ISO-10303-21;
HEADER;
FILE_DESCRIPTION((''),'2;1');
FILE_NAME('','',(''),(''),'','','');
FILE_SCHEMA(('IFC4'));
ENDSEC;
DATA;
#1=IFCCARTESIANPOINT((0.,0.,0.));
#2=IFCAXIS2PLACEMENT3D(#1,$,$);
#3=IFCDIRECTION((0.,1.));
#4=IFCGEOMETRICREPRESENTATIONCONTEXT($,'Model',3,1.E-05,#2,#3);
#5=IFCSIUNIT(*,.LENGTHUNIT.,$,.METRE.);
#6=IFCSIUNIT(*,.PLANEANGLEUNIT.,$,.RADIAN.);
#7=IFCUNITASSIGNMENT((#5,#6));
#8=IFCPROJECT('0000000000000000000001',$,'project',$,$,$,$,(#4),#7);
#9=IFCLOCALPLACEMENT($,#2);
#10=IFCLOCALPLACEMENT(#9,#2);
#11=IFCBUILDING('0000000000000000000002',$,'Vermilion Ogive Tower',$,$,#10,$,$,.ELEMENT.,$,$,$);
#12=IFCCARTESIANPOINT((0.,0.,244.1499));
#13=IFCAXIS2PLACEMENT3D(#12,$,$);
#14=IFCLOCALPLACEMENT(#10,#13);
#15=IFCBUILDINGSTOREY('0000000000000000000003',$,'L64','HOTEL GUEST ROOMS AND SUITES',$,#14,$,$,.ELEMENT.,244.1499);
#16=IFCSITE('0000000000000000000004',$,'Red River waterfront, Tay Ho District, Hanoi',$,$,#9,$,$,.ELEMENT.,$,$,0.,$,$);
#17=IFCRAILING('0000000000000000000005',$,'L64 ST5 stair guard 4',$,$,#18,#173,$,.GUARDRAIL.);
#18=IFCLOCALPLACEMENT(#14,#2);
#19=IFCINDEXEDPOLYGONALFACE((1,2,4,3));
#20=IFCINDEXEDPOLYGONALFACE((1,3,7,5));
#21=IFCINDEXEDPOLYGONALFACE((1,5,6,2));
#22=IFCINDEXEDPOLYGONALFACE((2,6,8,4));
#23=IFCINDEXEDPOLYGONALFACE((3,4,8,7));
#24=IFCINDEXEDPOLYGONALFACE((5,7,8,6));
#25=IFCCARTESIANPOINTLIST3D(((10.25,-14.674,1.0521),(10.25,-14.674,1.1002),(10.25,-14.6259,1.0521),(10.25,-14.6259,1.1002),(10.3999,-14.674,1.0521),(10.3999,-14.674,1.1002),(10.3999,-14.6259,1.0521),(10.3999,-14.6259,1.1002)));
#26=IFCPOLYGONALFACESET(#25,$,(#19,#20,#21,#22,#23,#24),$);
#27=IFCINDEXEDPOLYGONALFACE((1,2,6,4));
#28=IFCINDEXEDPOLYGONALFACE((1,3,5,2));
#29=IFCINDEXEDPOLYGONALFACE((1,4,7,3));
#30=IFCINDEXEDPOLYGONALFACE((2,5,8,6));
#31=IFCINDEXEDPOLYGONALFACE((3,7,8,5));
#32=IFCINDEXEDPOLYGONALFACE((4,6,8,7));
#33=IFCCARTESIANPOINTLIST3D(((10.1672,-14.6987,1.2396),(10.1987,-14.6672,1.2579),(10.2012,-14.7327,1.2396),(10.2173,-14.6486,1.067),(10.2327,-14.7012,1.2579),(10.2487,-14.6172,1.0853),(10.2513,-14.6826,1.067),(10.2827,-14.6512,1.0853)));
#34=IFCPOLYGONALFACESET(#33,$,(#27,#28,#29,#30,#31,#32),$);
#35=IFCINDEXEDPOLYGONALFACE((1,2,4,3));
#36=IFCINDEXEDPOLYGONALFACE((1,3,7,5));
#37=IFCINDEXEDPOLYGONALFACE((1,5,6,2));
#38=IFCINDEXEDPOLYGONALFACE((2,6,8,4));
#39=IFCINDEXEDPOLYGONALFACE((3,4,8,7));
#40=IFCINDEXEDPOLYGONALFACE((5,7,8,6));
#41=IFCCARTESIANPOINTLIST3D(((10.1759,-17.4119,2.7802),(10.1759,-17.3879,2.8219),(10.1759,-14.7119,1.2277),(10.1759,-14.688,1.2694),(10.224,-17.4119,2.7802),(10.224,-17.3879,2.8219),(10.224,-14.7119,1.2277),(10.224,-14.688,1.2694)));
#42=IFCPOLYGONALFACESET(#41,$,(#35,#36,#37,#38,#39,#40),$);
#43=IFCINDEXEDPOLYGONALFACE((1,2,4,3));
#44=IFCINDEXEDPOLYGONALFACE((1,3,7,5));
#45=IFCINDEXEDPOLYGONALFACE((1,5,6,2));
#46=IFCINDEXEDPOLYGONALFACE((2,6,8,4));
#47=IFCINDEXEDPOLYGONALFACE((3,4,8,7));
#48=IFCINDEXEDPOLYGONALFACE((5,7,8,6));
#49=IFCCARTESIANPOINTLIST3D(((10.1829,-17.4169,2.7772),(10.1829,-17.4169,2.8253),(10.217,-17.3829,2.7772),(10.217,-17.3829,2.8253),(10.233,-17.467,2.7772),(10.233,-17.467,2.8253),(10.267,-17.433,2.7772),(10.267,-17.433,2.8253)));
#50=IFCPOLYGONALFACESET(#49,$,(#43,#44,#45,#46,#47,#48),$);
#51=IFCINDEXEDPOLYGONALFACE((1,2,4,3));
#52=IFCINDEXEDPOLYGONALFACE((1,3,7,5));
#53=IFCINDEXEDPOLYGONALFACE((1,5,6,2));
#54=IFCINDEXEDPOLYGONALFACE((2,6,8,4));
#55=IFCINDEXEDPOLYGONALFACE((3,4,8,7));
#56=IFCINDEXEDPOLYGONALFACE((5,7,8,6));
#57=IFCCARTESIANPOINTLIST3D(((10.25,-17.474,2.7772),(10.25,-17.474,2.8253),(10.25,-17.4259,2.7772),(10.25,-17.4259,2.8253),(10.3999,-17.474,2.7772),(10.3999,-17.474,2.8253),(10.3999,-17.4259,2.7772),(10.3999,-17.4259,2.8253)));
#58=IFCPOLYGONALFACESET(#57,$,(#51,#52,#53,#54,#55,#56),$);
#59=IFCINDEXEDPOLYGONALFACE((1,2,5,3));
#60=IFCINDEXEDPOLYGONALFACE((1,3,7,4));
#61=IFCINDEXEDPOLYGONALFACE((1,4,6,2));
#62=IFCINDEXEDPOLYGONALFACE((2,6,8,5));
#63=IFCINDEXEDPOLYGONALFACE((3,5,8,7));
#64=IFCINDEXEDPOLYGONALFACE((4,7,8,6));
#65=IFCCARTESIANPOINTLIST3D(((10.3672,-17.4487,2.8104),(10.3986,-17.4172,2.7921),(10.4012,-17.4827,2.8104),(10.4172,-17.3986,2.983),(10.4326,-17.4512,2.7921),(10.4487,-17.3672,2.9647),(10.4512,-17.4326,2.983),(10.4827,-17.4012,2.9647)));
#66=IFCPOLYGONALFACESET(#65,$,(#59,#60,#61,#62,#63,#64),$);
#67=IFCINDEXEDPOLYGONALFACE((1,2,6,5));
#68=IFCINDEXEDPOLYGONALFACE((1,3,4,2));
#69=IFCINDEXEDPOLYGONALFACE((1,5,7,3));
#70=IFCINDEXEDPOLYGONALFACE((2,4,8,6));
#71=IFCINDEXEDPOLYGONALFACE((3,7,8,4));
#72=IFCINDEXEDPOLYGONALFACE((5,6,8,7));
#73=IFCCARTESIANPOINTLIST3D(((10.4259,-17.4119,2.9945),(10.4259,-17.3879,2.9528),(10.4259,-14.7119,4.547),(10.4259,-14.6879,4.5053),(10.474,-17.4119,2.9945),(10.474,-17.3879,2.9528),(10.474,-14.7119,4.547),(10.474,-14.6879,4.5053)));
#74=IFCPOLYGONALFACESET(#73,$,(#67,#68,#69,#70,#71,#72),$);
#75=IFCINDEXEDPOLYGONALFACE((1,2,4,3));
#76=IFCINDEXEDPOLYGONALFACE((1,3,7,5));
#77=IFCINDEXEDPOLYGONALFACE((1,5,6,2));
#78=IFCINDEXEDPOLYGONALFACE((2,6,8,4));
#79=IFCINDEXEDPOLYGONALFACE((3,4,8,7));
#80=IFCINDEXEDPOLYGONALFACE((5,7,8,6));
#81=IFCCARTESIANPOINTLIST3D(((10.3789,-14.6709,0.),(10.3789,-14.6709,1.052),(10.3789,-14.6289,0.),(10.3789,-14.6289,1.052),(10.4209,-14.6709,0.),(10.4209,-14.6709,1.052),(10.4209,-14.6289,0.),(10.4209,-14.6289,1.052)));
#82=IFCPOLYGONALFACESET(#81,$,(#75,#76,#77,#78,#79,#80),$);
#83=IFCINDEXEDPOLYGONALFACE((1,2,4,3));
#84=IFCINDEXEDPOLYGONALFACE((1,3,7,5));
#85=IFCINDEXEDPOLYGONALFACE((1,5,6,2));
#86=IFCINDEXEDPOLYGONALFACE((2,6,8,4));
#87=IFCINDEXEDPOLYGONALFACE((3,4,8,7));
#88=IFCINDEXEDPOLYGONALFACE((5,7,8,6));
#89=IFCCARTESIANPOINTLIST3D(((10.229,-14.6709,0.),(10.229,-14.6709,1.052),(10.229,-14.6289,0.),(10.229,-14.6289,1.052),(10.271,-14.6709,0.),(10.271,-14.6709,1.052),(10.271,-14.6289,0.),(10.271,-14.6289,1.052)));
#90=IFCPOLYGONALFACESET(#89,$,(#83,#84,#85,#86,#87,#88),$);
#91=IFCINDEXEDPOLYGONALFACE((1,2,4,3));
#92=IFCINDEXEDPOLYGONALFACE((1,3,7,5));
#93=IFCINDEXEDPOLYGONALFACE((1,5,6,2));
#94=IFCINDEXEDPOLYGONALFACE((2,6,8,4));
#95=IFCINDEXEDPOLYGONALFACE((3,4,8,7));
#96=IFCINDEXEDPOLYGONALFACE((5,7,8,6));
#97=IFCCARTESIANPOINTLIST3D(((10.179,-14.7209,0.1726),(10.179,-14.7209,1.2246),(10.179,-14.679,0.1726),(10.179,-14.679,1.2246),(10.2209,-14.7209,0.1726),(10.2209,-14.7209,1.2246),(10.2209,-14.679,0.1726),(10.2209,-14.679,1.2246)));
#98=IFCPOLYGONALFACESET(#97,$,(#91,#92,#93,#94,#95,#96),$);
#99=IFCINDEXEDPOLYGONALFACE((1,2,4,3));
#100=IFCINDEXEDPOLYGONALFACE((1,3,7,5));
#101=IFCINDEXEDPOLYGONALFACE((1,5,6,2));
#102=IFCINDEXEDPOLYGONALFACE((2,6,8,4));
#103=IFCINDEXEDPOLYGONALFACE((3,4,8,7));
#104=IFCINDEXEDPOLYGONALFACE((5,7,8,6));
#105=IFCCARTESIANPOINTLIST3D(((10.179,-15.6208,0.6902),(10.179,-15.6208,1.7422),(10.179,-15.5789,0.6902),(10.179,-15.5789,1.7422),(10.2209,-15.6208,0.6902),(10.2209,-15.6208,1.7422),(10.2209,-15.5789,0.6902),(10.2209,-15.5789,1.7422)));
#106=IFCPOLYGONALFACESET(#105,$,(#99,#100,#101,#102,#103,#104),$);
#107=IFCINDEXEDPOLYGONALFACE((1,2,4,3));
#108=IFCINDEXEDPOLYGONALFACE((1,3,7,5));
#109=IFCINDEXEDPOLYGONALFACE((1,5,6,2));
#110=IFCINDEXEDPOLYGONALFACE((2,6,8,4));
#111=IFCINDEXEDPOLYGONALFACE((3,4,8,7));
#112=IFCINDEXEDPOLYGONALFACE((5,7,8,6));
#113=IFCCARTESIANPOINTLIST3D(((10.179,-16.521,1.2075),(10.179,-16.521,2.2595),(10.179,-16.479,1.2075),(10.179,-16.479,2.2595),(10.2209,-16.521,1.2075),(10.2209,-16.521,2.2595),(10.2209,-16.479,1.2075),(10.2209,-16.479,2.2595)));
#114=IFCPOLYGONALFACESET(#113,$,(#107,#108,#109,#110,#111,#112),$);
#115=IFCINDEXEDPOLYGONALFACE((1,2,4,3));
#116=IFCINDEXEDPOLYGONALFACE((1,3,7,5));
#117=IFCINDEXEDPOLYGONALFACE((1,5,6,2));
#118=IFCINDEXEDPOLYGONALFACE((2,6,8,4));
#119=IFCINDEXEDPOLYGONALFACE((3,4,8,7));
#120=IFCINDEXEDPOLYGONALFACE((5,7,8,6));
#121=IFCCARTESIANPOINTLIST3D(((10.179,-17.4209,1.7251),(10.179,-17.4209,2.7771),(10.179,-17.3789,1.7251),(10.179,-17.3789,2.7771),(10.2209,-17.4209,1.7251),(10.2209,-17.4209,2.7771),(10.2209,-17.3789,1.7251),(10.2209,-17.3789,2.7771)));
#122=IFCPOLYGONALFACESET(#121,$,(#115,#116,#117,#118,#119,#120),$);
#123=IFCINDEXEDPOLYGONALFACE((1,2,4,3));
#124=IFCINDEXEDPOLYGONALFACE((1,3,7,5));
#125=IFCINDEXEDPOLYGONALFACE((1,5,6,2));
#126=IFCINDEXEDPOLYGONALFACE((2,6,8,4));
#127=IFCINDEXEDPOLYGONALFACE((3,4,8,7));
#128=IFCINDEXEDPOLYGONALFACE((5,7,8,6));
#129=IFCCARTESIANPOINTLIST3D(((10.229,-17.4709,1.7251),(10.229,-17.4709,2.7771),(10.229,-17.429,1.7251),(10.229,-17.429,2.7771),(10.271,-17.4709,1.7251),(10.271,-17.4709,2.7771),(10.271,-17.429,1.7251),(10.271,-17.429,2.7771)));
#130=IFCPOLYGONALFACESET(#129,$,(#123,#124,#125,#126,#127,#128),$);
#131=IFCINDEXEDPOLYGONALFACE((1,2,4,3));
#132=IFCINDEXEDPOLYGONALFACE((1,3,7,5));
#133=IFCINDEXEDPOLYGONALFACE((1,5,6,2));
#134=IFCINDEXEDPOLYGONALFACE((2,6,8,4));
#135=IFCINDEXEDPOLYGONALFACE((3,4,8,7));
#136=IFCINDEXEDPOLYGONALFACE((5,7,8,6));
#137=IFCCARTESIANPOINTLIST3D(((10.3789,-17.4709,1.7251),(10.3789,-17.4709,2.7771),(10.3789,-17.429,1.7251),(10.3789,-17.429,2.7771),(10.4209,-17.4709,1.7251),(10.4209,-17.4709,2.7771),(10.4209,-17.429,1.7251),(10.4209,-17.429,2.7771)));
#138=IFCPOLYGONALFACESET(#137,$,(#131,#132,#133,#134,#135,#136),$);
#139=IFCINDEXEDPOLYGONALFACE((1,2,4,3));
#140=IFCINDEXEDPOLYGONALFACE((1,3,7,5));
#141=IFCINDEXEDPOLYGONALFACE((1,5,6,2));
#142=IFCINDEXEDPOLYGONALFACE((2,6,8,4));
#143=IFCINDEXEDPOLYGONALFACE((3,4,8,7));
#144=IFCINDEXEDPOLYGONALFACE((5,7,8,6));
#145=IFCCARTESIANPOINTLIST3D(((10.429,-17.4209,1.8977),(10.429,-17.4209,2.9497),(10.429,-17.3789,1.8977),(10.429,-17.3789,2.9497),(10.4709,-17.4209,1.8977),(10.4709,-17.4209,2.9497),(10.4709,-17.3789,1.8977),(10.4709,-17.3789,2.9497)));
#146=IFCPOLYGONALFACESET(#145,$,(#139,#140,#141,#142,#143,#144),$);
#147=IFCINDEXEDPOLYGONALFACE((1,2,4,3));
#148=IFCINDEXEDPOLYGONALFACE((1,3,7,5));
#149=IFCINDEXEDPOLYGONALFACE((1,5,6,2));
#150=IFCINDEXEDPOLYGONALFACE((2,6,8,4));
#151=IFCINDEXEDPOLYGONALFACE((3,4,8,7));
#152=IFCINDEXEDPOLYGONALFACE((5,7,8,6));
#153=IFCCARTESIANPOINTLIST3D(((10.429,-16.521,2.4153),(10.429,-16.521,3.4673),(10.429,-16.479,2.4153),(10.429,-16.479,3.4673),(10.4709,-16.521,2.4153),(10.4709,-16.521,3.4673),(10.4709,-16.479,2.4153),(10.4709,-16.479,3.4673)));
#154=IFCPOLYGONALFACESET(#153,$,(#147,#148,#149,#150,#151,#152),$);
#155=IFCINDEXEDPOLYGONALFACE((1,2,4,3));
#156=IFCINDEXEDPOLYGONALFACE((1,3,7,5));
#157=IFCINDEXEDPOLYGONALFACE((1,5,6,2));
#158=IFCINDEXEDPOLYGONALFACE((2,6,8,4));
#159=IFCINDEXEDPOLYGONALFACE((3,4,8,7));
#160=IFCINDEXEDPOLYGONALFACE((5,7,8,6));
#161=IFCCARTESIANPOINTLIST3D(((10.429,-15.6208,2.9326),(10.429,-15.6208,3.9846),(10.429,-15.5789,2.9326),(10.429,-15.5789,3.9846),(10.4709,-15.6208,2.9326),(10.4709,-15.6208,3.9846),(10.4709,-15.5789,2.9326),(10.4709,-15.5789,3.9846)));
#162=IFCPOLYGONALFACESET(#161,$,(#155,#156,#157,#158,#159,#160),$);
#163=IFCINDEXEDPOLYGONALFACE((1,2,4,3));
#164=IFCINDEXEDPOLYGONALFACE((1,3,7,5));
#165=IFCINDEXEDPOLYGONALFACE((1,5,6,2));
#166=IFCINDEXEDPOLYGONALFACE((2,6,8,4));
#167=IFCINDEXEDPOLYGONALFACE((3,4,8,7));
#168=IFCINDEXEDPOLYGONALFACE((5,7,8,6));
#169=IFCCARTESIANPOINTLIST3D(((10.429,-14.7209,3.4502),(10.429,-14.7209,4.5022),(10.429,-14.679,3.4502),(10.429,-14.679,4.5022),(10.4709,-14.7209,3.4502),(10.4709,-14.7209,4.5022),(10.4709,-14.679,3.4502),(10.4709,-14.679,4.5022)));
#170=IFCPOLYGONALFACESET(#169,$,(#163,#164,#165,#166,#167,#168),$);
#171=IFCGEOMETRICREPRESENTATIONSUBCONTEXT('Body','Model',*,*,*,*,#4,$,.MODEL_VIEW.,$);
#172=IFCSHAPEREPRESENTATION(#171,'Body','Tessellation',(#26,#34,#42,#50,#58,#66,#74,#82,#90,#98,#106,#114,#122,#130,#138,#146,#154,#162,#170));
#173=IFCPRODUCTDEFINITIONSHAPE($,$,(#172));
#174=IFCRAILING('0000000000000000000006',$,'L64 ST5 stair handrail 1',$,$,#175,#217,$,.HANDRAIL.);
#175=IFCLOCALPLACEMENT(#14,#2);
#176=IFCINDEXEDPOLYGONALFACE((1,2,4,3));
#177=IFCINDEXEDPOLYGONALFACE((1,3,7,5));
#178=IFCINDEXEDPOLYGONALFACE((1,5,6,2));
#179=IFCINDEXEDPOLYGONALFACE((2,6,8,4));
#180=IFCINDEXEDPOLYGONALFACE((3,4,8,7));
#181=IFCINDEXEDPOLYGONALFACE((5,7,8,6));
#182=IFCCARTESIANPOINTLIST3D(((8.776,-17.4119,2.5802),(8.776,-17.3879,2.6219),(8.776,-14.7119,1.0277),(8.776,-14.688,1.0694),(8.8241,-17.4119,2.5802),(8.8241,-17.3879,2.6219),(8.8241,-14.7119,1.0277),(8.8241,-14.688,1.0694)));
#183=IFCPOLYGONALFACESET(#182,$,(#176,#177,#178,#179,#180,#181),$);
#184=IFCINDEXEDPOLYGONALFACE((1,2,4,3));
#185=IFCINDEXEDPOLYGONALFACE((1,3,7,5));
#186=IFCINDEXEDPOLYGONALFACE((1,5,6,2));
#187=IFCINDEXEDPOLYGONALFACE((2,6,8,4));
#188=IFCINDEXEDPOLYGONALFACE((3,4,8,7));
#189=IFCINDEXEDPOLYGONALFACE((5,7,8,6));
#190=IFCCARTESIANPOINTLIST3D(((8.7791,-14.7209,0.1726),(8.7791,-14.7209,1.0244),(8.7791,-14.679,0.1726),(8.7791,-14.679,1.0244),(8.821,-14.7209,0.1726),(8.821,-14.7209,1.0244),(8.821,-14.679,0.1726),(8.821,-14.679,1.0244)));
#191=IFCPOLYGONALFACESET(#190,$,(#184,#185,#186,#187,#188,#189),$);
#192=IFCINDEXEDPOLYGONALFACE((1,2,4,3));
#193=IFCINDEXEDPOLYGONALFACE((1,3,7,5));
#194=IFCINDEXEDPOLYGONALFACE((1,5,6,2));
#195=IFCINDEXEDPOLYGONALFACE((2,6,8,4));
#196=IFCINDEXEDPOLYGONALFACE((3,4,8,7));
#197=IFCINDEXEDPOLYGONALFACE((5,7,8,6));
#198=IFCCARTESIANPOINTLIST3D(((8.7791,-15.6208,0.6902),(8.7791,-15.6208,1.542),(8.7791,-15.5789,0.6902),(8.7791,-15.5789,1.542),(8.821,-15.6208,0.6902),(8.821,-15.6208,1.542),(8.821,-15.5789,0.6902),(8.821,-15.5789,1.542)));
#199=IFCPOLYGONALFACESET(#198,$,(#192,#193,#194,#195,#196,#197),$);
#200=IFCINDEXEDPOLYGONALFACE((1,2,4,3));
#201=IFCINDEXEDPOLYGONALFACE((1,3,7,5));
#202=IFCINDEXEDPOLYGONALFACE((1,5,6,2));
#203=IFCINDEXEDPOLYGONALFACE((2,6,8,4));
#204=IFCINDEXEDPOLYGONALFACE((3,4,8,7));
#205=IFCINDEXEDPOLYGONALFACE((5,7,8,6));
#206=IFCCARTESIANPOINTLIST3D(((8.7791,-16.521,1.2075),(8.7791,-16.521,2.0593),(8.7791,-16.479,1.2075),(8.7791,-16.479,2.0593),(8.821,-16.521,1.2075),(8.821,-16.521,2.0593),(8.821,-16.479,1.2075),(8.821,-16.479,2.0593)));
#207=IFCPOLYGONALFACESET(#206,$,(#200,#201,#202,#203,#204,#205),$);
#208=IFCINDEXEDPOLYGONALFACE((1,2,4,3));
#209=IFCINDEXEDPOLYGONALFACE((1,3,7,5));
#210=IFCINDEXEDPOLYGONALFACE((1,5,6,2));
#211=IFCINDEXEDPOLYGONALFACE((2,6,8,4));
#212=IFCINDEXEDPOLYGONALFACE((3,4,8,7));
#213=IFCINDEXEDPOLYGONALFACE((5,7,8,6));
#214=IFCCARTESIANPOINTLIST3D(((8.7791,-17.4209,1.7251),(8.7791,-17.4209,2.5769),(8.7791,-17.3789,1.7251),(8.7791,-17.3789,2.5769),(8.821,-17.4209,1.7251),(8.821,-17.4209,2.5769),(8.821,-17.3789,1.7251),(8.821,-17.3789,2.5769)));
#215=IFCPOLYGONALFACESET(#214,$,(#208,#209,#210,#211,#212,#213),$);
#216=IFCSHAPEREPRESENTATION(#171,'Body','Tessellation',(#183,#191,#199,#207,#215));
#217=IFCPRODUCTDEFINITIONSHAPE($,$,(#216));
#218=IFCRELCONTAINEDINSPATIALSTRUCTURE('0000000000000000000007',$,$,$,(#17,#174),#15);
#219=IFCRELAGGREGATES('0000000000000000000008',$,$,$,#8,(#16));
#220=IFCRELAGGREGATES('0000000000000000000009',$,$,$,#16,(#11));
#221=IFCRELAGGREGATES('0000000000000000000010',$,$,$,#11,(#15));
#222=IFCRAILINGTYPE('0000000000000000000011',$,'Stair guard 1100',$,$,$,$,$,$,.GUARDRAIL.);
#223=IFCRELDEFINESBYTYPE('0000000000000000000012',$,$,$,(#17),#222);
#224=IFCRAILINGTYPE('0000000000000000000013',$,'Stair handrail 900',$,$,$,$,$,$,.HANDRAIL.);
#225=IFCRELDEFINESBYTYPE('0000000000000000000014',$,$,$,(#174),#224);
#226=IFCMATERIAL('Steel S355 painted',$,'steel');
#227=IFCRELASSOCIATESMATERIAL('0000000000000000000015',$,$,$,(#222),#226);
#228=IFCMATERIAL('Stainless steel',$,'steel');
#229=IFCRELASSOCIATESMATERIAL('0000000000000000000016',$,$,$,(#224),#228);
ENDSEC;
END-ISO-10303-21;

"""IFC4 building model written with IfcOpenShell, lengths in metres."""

from ifc_helpers import new_model, si_unit, direction, frame, origin, origin_2d, place, context, subcontext, project, spatial, rectangle, extrude, material, type_object, element, save


model = new_model("IFC4")

# Units and contexts
model_context = context("Model", 3, precision=1e-05, world=origin(), true_north=direction((0.0, 1.0)))
body_context = subcontext(model_context, "Body", "Model", "MODEL_VIEW")
ifc_project = project(units=[si_unit("LENGTHUNIT", "METRE"), si_unit("PLANEANGLEUNIT", "RADIAN")], contexts=[model_context])

# Site, building, storey
site_placement = place(None, origin())
site = spatial("IfcSite", under=ifc_project, at=site_placement, Name="Red River waterfront, Tay Ho District, Hanoi", CompositionType="ELEMENT", RefElevation=0.0)
building_placement = place(site_placement, origin())
building = spatial("IfcBuilding", under=site, at=building_placement, Name="Vermilion Ogive Tower", CompositionType="ELEMENT")
storey_placement = place(building_placement, frame((0.0, 0.0, 244.1499)))
storey = spatial("IfcBuildingStorey", under=building, at=storey_placement, Name="L64", Description="HOTEL GUEST ROOMS AND SUITES", CompositionType="ELEMENT", Elevation=244.1499)

# Railings
ifc_material_1 = material(Name="Steel S355 painted", Category="steel")
railing_type_1 = type_object("IfcRailingType", Name="Stair guard 1100", PredefinedType="GUARDRAIL", material=ifc_material_1)
railing_1_placement = place(storey_placement, frame((10.3999, -14.6499, 0.0)))
element("IfcRailing", 1, at=railing_1_placement, inside=storey, type_object=railing_type_1, Name="L64 ST5 stair guard 4", PredefinedType="GUARDRAIL", context=body_context, shape_type="SweptSolid", body=[
    extrude(rectangle(XDim=0.0481, YDim=0.0481, at=origin_2d()), frame((0.0, 0.0, 1.0762), z_axis=(-1.0, 0.0, 0.0), x_axis=(0.0, -1.0, 0.0)), (0.0, 0.0, 1.0), 0.1499),
    extrude(rectangle(XDim=0.0481, YDim=0.0481, at=origin_2d()), frame((-0.1499, 0.0, 1.0762), z_axis=(-0.268278, -0.268278, 0.925232), x_axis=(0.707107, -0.707107, 0.0)), (0.0, 0.0, 1.0), 0.1865),
    extrude(rectangle(XDim=0.0481, YDim=0.0481, at=origin_2d()), frame((-0.2, -0.05, 1.2485), z_axis=(0.0, -0.866904, 0.498476), x_axis=(1.0, 0.0, 0.0)), (0.0, 0.0, 1.0), 3.1145),
    extrude(rectangle(XDim=0.0481, YDim=0.0481, at=origin_2d()), frame((-0.2, -2.75, 2.8013), z_axis=(0.707107, -0.707107, 0.0), x_axis=(0.707107, 0.707107, 0.0)), (0.0, 0.0, 1.0), 0.0708),
    extrude(rectangle(XDim=0.0481, YDim=0.0481, at=origin_2d()), frame((-0.1499, -2.8, 2.8013), z_axis=(1.0, 0.0, 0.0), x_axis=(0.0, 1.0, 0.0)), (0.0, 0.0, 1.0), 0.1499),
    extrude(rectangle(XDim=0.0481, YDim=0.0481, at=origin_2d()), frame((0.0, -2.8, 2.8013), z_axis=(0.268278, 0.268278, 0.925232), x_axis=(-0.707107, 0.707107, 0.0)), (0.0, 0.0, 1.0), 0.1865),
    extrude(rectangle(XDim=0.0481, YDim=0.0481, at=origin_2d()), frame((0.05, -2.75, 2.9736), z_axis=(0.0, 0.866904, 0.498476), x_axis=(-1.0, 0.0, 0.0)), (0.0, 0.0, 1.0), 3.1145),
    extrude(rectangle(XDim=0.042, YDim=0.042, at=origin_2d()), origin(), (0.0, 0.0, 1.0), 1.052),
    extrude(rectangle(XDim=0.042, YDim=0.042, at=origin_2d()), frame((-0.1499, 0.0, 0.0)), (0.0, 0.0, 1.0), 1.052),
    extrude(rectangle(XDim=0.042, YDim=0.042, at=origin_2d()), frame((-0.2, -0.05, 0.1726)), (0.0, 0.0, 1.0), 1.052),
    extrude(rectangle(XDim=0.042, YDim=0.042, at=origin_2d()), frame((-0.2, -0.95, 0.6902)), (0.0, 0.0, 1.0), 1.052),
    extrude(rectangle(XDim=0.042, YDim=0.042, at=origin_2d()), frame((-0.2, -1.8501, 1.2075)), (0.0, 0.0, 1.0), 1.052),
    extrude(rectangle(XDim=0.042, YDim=0.042, at=origin_2d()), frame((-0.2, -2.75, 1.7251)), (0.0, 0.0, 1.0), 1.052),
    extrude(rectangle(XDim=0.042, YDim=0.042, at=origin_2d()), frame((-0.1499, -2.8, 1.7251)), (0.0, 0.0, 1.0), 1.052),
    extrude(rectangle(XDim=0.042, YDim=0.042, at=origin_2d()), frame((0.0, -2.8, 1.7251)), (0.0, 0.0, 1.0), 1.052),
    extrude(rectangle(XDim=0.042, YDim=0.042, at=origin_2d()), frame((0.05, -2.75, 1.8977)), (0.0, 0.0, 1.0), 1.052),
    extrude(rectangle(XDim=0.042, YDim=0.042, at=origin_2d()), frame((0.05, -1.8501, 2.4153)), (0.0, 0.0, 1.0), 1.052),
    extrude(rectangle(XDim=0.042, YDim=0.042, at=origin_2d()), frame((0.05, -0.95, 2.9326)), (0.0, 0.0, 1.0), 1.052),
    extrude(rectangle(XDim=0.042, YDim=0.042, at=origin_2d()), frame((0.05, -0.05, 3.4502)), (0.0, 0.0, 1.0), 1.052),
])
ifc_material_2 = material(Name="Stainless steel", Category="steel")
railing_type_2 = type_object("IfcRailingType", Name="Stair handrail 900", PredefinedType="HANDRAIL", material=ifc_material_2)
railing_2_placement = place(storey_placement, frame((8.8, -14.7, 0.1726)))
element("IfcRailing", 2, at=railing_2_placement, inside=storey, type_object=railing_type_2, Name="L64 ST5 stair handrail 1", PredefinedType="HANDRAIL", context=body_context, shape_type="SweptSolid", body=[
    extrude(rectangle(XDim=0.0481, YDim=0.0481, at=origin_2d()), frame((0.0, 0.0, 0.876), z_axis=(0.0, -0.866904, 0.498476), x_axis=(1.0, 0.0, 0.0)), (0.0, 0.0, 1.0), 3.1145),
    extrude(rectangle(XDim=0.042, YDim=0.042, at=origin_2d()), origin(), (0.0, 0.0, 1.0), 0.8518),
    extrude(rectangle(XDim=0.042, YDim=0.042, at=origin_2d()), frame((0.0, -0.8999, 0.5176)), (0.0, 0.0, 1.0), 0.8518),
    extrude(rectangle(XDim=0.042, YDim=0.042, at=origin_2d()), frame((0.0, -1.8, 1.0349)), (0.0, 0.0, 1.0), 0.8518),
    extrude(rectangle(XDim=0.042, YDim=0.042, at=origin_2d()), frame((0.0, -2.7, 1.5525)), (0.0, 0.0, 1.0), 0.8518),
])

save(model, "model.ifc")
